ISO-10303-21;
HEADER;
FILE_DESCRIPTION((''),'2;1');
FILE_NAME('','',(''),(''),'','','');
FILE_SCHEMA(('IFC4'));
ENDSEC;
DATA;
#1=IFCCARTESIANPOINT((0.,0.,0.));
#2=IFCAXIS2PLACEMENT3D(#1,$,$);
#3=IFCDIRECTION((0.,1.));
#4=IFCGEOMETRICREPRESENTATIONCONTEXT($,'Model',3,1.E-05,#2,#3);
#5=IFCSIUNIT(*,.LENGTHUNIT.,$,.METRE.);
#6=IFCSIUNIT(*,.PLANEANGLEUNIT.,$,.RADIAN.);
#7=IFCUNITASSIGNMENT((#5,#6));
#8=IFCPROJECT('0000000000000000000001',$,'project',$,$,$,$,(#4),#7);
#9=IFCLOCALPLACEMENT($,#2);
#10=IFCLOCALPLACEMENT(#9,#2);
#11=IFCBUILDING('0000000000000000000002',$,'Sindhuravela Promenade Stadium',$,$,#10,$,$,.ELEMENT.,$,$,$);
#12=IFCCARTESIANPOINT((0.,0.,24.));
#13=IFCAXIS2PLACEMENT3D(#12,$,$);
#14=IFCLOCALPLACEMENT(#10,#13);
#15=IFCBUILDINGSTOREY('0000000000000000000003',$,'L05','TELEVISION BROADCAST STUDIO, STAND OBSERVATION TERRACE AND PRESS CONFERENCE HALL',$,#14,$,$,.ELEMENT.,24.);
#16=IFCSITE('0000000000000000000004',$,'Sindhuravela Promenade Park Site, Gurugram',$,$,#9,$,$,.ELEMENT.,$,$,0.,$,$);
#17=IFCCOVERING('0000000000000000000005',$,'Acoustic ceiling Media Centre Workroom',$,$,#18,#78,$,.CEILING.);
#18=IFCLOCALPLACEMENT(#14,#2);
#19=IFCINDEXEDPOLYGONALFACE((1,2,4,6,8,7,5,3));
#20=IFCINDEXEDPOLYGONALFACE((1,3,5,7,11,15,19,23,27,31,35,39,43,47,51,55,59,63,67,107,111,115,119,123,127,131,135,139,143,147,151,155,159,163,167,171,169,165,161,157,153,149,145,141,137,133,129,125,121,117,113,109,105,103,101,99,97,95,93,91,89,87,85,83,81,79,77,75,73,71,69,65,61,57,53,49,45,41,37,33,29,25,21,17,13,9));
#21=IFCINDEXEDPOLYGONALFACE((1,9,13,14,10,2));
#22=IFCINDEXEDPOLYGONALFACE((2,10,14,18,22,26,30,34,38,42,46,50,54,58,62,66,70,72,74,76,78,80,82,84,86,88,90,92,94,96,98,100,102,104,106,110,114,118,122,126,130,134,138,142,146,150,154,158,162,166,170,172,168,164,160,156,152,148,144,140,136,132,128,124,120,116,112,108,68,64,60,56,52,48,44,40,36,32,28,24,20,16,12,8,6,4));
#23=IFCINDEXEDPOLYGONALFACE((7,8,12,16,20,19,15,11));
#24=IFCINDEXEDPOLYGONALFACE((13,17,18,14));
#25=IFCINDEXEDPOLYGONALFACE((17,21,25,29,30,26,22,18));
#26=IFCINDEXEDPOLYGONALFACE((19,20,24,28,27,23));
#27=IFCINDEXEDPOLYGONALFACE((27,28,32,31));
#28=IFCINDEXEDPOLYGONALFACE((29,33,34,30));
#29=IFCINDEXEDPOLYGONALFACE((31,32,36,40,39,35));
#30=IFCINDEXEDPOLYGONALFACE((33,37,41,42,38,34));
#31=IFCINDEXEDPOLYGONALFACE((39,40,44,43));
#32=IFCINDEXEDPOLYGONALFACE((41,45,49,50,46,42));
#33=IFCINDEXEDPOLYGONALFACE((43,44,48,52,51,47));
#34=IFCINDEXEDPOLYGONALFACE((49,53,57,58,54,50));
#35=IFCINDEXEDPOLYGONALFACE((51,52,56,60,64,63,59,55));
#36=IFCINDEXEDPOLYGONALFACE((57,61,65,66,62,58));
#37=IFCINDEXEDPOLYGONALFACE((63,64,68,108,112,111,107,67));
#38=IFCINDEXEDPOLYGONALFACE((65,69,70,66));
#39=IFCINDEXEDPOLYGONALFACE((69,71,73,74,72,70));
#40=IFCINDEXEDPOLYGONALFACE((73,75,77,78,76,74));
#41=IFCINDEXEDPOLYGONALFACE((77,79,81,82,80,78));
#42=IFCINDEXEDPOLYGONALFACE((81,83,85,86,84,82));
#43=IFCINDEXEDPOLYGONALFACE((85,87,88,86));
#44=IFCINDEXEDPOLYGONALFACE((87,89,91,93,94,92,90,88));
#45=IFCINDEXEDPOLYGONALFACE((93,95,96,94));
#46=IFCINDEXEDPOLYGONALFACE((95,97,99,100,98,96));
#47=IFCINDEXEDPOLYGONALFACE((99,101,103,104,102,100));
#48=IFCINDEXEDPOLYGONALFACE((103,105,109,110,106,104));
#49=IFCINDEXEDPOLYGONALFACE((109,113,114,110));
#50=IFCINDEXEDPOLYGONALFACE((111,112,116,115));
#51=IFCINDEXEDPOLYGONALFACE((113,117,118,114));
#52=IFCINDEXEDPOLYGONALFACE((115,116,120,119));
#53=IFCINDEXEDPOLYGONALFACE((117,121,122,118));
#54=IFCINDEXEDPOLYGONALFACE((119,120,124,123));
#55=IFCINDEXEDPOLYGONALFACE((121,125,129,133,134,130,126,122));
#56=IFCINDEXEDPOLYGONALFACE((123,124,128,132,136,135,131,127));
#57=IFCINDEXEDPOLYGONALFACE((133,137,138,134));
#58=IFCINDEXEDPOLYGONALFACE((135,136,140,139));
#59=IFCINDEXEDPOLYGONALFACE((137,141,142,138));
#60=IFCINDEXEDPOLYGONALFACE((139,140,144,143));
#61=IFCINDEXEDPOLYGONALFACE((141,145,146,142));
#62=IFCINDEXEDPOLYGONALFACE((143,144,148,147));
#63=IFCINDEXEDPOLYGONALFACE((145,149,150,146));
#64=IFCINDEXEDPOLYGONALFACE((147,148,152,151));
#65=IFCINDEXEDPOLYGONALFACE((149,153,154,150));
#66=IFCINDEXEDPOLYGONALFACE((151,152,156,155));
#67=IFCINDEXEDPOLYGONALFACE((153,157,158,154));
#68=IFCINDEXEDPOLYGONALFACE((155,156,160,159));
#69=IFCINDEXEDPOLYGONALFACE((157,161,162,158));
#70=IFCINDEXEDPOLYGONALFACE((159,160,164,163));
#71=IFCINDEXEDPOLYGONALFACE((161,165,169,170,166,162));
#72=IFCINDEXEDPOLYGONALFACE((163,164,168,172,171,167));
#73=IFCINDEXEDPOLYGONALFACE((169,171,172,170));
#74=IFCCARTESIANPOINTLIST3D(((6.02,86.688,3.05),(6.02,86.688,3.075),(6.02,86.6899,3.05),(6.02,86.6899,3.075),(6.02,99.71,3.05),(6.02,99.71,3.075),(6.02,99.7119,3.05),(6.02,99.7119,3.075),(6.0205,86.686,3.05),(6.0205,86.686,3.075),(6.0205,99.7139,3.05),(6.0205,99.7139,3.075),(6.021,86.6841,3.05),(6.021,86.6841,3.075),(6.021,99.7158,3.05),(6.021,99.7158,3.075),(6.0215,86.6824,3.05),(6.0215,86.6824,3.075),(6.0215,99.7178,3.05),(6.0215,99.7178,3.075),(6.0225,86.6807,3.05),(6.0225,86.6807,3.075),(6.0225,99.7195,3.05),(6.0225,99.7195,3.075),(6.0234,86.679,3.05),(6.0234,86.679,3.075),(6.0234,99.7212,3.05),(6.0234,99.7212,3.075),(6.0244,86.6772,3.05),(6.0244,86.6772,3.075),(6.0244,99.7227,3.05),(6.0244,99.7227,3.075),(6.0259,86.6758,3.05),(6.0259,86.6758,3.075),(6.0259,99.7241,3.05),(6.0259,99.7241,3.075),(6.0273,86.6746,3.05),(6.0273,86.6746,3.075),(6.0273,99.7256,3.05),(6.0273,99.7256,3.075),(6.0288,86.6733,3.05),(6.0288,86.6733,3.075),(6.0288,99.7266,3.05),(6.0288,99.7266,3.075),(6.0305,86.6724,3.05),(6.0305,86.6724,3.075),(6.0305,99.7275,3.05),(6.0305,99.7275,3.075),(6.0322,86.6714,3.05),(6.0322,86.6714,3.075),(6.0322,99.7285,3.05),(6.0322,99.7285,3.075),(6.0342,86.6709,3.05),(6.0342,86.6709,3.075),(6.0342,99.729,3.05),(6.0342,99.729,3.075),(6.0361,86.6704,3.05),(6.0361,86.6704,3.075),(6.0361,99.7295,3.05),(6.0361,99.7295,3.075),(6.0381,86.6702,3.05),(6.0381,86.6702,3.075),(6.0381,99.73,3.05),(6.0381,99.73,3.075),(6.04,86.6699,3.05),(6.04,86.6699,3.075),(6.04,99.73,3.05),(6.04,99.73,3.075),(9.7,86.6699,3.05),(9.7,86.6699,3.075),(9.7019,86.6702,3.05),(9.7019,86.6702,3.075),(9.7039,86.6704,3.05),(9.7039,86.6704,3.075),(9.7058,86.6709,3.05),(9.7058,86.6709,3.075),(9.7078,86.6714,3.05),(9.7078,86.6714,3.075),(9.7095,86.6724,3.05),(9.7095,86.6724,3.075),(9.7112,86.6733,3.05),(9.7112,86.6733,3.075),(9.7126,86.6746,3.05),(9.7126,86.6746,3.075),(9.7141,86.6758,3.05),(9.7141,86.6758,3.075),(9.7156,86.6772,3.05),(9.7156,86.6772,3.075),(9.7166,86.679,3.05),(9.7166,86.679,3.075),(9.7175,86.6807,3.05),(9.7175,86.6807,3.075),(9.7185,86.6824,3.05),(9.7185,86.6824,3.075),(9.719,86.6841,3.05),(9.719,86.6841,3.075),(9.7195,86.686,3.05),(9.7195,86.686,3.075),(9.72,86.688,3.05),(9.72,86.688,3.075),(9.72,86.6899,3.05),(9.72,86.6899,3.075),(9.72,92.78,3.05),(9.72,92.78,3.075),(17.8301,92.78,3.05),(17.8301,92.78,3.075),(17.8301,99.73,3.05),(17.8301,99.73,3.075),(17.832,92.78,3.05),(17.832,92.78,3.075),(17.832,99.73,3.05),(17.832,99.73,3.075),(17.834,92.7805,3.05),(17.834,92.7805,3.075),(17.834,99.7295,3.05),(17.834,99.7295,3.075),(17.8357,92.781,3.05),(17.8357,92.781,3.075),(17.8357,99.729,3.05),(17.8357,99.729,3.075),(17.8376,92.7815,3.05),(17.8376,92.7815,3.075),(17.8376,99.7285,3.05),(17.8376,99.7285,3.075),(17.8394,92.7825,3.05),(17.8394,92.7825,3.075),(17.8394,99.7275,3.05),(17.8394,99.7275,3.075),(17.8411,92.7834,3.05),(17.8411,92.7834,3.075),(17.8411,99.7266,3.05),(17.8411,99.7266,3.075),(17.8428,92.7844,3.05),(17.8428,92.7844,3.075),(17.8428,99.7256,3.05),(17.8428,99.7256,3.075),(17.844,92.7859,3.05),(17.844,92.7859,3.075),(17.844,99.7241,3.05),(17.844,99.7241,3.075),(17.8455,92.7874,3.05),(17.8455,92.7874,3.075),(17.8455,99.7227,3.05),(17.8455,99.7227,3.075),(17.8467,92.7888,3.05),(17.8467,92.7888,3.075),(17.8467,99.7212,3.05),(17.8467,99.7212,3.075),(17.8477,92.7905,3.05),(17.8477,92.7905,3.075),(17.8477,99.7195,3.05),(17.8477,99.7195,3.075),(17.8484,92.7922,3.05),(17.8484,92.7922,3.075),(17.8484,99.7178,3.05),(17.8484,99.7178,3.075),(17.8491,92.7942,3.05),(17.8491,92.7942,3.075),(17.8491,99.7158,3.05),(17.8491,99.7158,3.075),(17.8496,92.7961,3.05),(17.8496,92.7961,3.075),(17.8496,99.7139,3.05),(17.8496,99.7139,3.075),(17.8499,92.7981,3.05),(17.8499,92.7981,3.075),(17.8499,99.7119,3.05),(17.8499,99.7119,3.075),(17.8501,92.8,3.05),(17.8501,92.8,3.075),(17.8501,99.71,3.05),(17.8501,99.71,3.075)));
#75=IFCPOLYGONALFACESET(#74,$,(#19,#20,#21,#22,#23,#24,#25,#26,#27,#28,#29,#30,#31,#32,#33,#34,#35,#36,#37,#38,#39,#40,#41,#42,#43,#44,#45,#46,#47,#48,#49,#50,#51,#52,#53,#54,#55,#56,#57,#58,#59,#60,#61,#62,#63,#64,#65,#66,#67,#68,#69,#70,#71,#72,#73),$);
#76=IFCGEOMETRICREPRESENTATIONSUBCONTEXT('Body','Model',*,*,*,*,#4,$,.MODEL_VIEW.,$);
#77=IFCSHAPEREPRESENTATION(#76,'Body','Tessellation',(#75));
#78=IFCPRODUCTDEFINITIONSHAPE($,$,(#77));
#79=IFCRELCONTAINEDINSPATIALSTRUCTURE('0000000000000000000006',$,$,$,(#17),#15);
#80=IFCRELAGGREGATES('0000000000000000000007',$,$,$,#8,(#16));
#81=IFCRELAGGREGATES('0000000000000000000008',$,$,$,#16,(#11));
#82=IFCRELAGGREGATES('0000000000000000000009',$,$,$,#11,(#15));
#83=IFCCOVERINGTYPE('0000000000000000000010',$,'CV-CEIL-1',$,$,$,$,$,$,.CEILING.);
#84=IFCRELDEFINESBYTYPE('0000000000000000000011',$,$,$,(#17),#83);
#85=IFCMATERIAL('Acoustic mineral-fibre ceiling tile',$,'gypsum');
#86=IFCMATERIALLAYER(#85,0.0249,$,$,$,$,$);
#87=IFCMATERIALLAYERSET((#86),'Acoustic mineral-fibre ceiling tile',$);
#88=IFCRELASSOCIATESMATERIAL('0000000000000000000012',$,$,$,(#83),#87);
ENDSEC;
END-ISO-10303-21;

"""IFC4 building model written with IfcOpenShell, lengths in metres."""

from ifc_helpers import new_model, si_unit, direction, frame, origin, place, context, subcontext, project, spatial, polyline, outline, extrude, material, layer, layer_set, type_object, element, save


model = new_model("IFC4")

# Units and contexts
model_context = context("Model", 3, precision=1e-05, world=origin(), true_north=direction((0.0, 1.0)))
body_context = subcontext(model_context, "Body", "Model", "MODEL_VIEW")
ifc_project = project(units=[si_unit("LENGTHUNIT", "METRE"), si_unit("PLANEANGLEUNIT", "RADIAN")], contexts=[model_context])

# Site, building, storey
site_placement = place(None, origin())
site = spatial("IfcSite", under=ifc_project, at=site_placement, Name="Sindhuravela Promenade Park Site, Gurugram", CompositionType="ELEMENT", RefElevation=0.0)
building_placement = place(site_placement, origin())
building = spatial("IfcBuilding", under=site, at=building_placement, Name="Sindhuravela Promenade Stadium", CompositionType="ELEMENT")
storey_placement = place(building_placement, frame((0.0, 0.0, 24.0)))
storey = spatial("IfcBuildingStorey", under=building, at=storey_placement, Name="L05", Description="TELEVISION BROADCAST STUDIO, STAND OBSERVATION TERRACE AND PRESS CONFERENCE HALL", CompositionType="ELEMENT", Elevation=24.0)

# Covering
ifc_material_1 = material(Name="Acoustic mineral-fibre ceiling tile", Category="gypsum")
ifc_layer_1 = layer(ifc_material_1, 0.0249)
ifc_layer_set_1 = layer_set([ifc_layer_1], Name="Acoustic mineral-fibre ceiling tile")
covering_type_1 = type_object("IfcCoveringType", Name="CV-CEIL-1", PredefinedType="CEILING", material=ifc_layer_set_1)
covering_1_placement = place(storey_placement, frame((0.0, 0.0, 3.05)))
element("IfcCovering", 1, at=covering_1_placement, inside=storey, type_object=covering_type_1, Name="Acoustic ceiling Media Centre Workroom", PredefinedType="CEILING", context=body_context, shape_type="SweptSolid", body=[
    extrude(outline(polyline([(6.04, 86.6699), (6.0381, 86.6702), (6.0361, 86.6704), (6.0342, 86.6709), (6.0322, 86.6714), (6.0305, 86.6724), (6.0288, 86.6733), (6.0273, 86.6746), (6.0259, 86.6758), (6.0244, 86.6772), (6.0234, 86.679), (6.0225, 86.6807), (6.0215, 86.6824), (6.021, 86.6841), (6.0205, 86.686), (6.02, 86.688), (6.02, 86.6899), (6.02, 99.71), (6.02, 99.7119), (6.0205, 99.7139), (6.021, 99.7158), (6.0215, 99.7178), (6.0225, 99.7195), (6.0234, 99.7212), (6.0244, 99.7227), (6.0259, 99.7241), (6.0273, 99.7256), (6.0288, 99.7266), (6.0305, 99.7275), (6.0322, 99.7285), (6.0342, 99.729), (6.0361, 99.7295), (6.0381, 99.73), (6.04, 99.73), (17.8301, 99.73), (17.832, 99.73), (17.834, 99.7295), (17.8357, 99.729), (17.8376, 99.7285), (17.8394, 99.7275), (17.8411, 99.7266), (17.8428, 99.7256), (17.844, 99.7241), (17.8455, 99.7227), (17.8467, 99.7212), (17.8477, 99.7195), (17.8484, 99.7178), (17.8491, 99.7158), (17.8496, 99.7139), (17.8499, 99.7119), (17.8501, 99.71), (17.8501, 92.8), (17.8499, 92.7981), (17.8496, 92.7961), (17.8491, 92.7942), (17.8484, 92.7922), (17.8477, 92.7905), (17.8467, 92.7888), (17.8455, 92.7874), (17.844, 92.7859), (17.8428, 92.7844), (17.8411, 92.7834), (17.8394, 92.7825), (17.8376, 92.7815), (17.8357, 92.781), (17.834, 92.7805), (17.832, 92.78), (17.8301, 92.78), (9.72, 92.78), (9.72, 86.6899), (9.72, 86.688), (9.7195, 86.686), (9.719, 86.6841), (9.7185, 86.6824), (9.7175, 86.6807), (9.7166, 86.679), (9.7156, 86.6772), (9.7141, 86.6758), (9.7126, 86.6746), (9.7112, 86.6733), (9.7095, 86.6724), (9.7078, 86.6714), (9.7058, 86.6709), (9.7039, 86.6704), (9.7019, 86.6702), (9.7, 86.6699), (6.04, 86.6699)])), origin(), (0.0, 0.0, 1.0), 0.0249),
])

save(model, "model.ifc")
